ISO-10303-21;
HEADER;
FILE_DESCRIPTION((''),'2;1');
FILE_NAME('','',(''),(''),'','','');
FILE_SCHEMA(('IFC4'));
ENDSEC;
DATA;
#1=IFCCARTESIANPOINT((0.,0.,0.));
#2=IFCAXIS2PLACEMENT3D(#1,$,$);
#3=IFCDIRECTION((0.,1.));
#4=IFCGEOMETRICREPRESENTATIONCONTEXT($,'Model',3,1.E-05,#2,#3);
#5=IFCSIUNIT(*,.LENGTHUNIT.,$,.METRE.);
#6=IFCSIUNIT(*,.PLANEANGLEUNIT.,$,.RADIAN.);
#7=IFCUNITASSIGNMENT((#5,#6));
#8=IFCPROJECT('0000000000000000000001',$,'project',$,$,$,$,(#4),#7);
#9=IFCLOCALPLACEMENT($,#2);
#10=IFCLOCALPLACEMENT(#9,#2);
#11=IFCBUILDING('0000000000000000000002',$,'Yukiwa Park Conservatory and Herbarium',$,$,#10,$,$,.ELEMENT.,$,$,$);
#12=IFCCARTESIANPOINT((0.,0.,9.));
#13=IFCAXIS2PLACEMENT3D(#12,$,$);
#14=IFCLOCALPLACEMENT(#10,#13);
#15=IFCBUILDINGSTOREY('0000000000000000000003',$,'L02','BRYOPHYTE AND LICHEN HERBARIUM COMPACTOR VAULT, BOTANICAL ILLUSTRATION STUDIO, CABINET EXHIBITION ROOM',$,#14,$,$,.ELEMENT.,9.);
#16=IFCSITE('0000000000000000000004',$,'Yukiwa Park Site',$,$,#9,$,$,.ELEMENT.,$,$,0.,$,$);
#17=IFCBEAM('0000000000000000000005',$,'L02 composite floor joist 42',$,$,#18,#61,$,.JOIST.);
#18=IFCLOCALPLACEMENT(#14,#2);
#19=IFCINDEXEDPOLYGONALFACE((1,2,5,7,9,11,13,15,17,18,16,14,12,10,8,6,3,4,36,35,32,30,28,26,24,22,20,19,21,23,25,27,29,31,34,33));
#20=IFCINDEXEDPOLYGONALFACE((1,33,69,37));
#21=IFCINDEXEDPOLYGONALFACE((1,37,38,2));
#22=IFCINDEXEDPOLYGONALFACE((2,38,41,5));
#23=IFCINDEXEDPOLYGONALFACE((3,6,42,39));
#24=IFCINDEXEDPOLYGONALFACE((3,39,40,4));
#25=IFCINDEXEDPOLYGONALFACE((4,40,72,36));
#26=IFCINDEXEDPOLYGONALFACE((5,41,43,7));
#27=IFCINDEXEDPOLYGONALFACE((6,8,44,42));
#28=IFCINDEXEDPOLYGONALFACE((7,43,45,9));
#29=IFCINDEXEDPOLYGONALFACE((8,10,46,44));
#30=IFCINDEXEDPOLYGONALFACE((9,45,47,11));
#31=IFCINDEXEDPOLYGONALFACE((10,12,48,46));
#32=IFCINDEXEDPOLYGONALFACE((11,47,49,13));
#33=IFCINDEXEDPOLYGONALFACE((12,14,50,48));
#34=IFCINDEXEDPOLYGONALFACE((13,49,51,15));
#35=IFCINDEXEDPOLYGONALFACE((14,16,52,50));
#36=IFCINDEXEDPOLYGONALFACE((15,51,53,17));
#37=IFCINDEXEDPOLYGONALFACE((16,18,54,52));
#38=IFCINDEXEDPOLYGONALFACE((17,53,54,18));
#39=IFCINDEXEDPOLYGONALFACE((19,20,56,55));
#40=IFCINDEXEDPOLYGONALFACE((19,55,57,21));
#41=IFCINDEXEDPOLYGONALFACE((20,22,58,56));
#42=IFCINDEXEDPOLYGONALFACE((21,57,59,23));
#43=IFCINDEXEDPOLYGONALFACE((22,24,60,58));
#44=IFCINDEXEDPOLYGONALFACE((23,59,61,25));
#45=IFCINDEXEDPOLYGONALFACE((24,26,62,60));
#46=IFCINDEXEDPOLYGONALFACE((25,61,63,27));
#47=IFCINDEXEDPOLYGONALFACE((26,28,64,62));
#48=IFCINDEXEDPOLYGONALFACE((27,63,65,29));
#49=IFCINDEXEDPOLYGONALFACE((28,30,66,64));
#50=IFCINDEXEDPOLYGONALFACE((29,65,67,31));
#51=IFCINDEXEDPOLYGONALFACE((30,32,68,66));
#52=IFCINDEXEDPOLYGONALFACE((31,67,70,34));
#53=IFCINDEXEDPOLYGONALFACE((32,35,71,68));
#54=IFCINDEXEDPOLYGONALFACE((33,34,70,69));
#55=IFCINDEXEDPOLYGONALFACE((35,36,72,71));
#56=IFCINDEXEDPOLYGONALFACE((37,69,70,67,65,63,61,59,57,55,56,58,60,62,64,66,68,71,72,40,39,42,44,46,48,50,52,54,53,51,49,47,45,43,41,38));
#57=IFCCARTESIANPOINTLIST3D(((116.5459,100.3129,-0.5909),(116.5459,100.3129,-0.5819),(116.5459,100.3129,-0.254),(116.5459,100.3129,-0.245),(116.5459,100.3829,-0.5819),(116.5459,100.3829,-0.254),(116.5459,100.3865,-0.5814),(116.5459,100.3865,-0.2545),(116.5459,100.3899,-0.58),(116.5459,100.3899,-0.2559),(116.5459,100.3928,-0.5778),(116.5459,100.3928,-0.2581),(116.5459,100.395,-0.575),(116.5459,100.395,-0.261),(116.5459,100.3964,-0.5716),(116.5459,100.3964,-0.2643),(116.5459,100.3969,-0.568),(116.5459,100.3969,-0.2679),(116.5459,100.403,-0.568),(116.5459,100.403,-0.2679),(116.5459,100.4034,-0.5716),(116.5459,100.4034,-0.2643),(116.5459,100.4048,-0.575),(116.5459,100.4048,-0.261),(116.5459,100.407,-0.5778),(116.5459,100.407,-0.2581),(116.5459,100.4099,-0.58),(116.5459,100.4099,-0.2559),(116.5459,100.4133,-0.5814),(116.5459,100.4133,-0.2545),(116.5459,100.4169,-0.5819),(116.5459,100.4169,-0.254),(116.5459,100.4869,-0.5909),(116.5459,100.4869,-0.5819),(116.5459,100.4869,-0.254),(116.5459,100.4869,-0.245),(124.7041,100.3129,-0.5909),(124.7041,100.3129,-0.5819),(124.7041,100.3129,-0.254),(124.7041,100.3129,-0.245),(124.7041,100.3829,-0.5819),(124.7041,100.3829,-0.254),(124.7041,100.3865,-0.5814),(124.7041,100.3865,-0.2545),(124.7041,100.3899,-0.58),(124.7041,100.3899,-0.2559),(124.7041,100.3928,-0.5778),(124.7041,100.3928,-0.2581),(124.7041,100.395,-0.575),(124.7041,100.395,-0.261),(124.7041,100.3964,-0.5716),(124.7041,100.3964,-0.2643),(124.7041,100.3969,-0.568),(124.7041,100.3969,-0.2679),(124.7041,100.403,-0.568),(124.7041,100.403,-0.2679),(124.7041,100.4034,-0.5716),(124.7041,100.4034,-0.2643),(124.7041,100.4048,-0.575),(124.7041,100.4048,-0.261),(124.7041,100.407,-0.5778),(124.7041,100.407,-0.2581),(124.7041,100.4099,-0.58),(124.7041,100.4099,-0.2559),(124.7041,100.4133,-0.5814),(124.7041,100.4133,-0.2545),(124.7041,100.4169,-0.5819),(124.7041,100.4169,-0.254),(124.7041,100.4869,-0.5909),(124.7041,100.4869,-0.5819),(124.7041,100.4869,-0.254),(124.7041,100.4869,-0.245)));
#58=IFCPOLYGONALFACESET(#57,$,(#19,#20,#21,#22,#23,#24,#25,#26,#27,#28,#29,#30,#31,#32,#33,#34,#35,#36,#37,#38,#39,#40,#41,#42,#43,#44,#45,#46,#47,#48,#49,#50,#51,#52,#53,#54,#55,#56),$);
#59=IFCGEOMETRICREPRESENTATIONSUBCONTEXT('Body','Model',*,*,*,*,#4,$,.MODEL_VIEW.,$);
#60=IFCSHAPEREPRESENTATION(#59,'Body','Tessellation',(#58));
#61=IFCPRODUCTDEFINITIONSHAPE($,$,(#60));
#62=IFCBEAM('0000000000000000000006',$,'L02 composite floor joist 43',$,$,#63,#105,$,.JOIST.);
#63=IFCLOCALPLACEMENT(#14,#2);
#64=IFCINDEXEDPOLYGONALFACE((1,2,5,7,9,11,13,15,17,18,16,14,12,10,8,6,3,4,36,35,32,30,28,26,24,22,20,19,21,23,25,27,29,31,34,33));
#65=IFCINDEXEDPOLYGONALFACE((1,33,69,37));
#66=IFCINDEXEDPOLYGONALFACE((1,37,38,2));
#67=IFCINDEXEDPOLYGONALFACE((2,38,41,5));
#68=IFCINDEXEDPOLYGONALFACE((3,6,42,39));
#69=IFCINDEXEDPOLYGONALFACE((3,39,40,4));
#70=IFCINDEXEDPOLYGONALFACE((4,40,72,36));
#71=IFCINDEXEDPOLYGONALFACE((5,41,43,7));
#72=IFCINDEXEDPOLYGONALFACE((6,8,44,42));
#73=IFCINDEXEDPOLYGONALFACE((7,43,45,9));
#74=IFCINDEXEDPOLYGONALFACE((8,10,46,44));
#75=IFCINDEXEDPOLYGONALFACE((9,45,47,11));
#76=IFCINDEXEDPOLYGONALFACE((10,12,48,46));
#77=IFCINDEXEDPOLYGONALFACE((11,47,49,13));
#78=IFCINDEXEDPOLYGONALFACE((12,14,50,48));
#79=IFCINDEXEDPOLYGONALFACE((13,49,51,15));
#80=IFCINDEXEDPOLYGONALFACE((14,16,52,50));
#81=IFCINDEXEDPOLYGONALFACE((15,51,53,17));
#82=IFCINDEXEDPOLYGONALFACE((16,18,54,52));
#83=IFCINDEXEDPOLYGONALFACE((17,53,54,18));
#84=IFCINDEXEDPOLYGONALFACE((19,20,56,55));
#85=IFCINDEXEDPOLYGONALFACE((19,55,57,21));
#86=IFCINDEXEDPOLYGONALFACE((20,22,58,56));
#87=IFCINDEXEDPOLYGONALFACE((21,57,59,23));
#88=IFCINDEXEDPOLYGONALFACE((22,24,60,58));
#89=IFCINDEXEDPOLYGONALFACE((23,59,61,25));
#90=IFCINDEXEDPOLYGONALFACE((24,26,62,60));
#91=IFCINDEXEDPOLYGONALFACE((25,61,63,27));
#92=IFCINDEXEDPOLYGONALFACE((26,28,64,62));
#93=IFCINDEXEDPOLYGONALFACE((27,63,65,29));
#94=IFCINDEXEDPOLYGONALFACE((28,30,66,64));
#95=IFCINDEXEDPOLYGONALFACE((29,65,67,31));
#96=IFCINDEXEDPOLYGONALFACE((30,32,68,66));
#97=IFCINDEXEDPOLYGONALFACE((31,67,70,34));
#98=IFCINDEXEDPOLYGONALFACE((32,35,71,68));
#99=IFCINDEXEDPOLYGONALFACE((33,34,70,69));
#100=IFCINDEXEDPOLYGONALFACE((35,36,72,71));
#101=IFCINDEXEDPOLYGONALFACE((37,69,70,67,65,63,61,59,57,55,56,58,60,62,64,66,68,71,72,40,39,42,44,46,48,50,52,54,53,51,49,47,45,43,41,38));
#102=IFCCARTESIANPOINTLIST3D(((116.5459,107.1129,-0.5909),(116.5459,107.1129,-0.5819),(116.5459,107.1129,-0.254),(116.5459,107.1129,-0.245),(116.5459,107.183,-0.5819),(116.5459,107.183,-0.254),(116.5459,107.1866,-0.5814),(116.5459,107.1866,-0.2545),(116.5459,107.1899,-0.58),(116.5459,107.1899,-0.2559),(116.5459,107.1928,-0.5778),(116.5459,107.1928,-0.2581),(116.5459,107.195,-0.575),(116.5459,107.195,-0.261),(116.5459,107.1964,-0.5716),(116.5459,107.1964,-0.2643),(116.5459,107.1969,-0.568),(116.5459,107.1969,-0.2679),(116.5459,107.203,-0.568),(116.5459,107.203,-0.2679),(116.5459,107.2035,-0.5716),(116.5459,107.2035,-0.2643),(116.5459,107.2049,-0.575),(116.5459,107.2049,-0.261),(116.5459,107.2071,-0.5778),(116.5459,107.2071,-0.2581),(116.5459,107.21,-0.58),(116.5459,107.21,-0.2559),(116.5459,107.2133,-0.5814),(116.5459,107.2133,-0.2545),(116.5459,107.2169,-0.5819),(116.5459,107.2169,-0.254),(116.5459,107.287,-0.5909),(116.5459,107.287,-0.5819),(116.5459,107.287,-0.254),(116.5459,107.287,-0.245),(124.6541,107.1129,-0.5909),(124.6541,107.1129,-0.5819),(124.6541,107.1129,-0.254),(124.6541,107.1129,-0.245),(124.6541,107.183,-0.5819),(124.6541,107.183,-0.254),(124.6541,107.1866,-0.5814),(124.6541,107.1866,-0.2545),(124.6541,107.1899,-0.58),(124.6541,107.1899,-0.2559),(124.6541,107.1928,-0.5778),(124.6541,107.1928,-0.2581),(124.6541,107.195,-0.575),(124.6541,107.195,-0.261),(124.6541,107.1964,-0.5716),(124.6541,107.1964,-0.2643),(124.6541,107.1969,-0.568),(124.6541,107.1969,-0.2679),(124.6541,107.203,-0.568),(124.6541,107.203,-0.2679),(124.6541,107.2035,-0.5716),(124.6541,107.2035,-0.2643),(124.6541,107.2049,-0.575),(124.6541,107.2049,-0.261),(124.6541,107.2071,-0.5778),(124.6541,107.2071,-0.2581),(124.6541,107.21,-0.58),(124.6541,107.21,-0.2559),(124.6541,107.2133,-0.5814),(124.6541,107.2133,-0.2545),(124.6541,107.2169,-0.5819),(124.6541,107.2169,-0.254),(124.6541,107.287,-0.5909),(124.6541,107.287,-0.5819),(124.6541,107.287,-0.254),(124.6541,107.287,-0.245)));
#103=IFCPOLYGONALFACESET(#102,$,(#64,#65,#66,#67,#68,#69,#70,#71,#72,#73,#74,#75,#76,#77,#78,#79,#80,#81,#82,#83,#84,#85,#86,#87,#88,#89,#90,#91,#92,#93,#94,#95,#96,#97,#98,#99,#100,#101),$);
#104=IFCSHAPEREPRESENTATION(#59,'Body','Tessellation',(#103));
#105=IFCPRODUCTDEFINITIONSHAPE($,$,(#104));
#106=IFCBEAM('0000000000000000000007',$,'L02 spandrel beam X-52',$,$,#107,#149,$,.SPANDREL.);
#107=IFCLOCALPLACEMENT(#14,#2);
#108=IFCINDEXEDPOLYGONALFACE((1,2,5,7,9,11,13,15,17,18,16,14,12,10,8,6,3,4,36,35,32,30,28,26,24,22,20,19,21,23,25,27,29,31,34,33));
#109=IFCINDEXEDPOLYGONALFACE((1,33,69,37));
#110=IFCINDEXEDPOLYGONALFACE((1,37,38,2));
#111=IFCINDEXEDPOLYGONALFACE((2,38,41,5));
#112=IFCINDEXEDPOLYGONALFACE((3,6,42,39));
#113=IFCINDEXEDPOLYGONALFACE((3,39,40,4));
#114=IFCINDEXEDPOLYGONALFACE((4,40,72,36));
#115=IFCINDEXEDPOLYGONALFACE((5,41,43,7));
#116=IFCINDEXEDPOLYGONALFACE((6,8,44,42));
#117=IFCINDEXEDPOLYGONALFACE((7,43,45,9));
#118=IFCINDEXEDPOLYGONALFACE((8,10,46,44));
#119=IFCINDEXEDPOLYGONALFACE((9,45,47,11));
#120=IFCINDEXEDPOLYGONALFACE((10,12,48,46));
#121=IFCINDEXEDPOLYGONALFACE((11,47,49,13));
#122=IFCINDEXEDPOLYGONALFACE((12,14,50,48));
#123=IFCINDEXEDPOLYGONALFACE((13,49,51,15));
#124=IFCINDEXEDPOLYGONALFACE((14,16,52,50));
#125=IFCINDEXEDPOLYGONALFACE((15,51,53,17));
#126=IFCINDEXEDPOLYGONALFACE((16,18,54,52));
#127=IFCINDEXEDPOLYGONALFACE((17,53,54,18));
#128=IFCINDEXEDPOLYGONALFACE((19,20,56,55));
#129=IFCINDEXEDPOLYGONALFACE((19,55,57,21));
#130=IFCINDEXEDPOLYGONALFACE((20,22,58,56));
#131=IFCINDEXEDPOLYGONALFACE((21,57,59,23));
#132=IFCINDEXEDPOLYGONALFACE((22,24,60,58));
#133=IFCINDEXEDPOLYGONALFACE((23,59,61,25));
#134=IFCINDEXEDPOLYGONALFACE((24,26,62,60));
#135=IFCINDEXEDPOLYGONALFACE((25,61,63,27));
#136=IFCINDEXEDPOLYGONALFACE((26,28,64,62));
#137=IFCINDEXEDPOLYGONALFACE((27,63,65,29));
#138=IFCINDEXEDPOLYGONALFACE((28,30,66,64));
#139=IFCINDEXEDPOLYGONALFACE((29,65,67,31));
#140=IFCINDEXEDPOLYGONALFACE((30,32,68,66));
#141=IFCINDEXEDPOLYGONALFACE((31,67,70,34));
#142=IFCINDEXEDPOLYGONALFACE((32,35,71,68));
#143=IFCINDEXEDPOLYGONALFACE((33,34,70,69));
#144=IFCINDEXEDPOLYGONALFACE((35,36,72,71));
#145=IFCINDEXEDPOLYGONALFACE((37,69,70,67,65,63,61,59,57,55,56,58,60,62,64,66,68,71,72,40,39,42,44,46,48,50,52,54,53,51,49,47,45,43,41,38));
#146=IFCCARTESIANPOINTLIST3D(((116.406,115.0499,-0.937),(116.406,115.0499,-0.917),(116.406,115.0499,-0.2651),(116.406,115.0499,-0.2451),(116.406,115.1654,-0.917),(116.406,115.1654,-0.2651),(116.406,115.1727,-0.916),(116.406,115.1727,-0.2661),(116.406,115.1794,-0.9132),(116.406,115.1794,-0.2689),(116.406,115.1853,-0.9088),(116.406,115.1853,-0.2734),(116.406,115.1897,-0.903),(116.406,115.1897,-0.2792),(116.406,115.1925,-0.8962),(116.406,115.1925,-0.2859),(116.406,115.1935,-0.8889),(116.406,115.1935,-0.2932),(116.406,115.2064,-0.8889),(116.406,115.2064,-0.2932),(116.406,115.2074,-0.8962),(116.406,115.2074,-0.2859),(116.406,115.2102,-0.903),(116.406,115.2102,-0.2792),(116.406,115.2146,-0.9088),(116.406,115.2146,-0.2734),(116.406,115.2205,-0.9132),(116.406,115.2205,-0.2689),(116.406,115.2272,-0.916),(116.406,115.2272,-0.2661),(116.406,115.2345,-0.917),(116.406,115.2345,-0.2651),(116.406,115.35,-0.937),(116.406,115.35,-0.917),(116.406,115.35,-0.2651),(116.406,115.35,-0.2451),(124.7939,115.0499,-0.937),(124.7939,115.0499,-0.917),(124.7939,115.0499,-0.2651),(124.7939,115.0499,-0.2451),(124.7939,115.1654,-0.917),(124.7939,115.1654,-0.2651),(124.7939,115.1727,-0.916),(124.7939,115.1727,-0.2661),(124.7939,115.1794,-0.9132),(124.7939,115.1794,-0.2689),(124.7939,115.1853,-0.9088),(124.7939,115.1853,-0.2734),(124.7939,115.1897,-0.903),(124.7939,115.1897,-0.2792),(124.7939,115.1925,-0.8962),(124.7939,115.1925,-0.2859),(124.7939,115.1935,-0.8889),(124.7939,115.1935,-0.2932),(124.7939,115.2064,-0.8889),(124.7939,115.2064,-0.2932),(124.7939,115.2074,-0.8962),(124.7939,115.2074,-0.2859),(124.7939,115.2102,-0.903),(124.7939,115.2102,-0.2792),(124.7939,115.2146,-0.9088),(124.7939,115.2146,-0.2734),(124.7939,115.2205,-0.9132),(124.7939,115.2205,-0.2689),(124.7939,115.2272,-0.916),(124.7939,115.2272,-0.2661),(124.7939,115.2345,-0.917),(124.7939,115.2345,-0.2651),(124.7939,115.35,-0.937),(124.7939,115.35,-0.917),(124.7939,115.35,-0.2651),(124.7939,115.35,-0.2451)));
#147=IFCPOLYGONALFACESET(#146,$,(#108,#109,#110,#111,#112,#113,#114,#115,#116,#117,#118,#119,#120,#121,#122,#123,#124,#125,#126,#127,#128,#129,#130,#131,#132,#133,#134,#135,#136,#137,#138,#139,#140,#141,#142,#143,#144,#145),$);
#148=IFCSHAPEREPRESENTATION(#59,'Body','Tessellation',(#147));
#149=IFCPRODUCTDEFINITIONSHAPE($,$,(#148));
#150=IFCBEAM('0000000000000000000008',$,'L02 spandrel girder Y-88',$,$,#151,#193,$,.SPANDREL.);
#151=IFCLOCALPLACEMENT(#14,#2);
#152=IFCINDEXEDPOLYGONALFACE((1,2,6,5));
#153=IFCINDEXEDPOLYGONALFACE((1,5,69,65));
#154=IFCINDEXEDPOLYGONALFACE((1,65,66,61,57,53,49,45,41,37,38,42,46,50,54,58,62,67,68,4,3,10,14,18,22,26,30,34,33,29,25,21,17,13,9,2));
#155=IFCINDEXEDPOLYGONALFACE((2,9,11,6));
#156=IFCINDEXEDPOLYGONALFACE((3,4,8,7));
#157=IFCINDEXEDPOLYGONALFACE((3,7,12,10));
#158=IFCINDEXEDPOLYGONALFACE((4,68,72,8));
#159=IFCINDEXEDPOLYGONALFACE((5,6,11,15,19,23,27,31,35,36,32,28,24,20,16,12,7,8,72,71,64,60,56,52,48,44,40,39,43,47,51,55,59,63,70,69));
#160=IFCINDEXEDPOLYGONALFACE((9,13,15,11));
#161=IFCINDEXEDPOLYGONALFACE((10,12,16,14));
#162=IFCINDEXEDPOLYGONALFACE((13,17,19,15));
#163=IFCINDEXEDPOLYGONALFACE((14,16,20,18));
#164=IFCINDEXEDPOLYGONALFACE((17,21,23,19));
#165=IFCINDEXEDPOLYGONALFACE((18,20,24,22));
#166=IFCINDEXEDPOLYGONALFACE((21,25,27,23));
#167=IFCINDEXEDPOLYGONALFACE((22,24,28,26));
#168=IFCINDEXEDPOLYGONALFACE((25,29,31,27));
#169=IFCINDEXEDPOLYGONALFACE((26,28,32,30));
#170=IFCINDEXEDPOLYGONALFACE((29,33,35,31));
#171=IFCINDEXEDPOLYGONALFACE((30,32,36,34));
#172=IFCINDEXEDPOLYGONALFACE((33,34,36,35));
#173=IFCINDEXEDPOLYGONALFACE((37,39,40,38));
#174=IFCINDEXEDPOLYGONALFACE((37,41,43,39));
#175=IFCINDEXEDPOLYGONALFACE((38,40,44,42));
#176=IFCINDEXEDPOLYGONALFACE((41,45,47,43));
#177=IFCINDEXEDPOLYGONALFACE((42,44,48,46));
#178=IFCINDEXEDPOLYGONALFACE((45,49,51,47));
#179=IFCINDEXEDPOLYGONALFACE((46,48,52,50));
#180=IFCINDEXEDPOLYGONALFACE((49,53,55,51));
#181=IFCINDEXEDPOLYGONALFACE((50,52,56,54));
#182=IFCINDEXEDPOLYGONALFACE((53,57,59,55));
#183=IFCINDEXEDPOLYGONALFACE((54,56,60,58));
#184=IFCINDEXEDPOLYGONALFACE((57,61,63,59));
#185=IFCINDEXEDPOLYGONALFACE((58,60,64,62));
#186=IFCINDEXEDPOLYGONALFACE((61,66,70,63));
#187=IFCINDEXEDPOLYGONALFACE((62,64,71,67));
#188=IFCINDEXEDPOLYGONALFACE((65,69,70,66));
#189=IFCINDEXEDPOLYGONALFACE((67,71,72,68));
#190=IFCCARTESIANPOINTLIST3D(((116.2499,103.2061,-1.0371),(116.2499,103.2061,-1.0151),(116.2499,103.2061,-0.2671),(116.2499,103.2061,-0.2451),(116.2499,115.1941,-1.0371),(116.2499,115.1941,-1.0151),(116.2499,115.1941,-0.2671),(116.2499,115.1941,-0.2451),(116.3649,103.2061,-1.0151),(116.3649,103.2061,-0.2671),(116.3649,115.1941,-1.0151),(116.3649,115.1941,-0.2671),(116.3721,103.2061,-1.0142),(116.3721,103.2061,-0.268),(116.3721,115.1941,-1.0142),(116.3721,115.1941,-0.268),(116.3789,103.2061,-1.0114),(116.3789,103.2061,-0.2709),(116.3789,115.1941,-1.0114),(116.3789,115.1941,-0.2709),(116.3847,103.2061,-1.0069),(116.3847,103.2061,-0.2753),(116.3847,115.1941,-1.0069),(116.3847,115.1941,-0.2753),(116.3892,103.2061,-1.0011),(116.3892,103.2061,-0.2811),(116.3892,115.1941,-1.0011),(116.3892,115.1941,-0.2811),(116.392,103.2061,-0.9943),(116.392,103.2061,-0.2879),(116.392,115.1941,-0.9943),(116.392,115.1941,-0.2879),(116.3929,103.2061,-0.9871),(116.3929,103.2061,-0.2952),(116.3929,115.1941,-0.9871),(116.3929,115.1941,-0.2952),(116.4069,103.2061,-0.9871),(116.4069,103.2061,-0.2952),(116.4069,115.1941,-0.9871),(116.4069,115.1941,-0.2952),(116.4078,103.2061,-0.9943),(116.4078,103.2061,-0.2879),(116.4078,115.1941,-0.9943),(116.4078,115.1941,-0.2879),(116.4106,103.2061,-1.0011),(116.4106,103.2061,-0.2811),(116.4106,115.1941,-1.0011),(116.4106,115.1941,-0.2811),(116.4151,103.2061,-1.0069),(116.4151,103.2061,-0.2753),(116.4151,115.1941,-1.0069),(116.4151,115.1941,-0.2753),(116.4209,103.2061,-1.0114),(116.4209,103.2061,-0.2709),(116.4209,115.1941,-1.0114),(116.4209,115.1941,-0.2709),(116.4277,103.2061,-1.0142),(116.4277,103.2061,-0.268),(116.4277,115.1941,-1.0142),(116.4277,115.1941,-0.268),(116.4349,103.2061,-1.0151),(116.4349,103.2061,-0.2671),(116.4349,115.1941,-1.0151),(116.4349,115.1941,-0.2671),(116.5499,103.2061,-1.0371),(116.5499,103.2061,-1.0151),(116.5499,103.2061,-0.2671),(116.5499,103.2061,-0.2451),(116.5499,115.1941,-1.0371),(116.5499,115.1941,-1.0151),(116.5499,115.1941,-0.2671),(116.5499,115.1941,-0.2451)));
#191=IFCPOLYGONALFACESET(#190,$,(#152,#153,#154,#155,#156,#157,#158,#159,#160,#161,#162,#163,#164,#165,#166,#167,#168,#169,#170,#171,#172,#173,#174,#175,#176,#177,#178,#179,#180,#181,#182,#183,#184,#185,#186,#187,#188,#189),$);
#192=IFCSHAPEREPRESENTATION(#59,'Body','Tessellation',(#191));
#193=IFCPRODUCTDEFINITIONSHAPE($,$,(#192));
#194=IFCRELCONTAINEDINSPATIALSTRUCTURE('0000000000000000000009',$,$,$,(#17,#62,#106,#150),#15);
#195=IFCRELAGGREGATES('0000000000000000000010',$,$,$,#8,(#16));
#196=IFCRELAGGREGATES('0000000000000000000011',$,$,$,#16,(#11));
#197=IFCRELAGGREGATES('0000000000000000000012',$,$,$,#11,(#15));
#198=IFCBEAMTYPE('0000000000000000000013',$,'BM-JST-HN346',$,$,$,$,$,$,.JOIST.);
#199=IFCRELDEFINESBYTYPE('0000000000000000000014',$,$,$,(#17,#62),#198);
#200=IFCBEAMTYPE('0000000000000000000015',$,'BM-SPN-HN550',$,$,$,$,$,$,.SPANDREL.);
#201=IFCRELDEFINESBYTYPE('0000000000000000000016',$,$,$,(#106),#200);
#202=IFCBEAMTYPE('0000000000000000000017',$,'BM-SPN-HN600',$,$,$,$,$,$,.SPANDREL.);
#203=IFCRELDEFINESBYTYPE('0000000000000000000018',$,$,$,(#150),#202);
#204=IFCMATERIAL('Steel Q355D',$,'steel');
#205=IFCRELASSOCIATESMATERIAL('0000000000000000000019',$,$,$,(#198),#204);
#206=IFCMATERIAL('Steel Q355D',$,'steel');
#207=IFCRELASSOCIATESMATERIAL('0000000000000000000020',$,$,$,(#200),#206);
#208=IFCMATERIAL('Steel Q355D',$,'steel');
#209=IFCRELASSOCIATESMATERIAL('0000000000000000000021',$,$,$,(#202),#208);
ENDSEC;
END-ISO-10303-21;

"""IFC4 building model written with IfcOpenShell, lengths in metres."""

from ifc_helpers import new_model, si_unit, direction, frame, origin, origin_2d, place, context, subcontext, project, spatial, i_section, extrude, material, material_profile, profile_set, type_object, element, save


model = new_model("IFC4")

# Units and contexts
model_context = context("Model", 3, precision=1e-05, world=origin(), true_north=direction((0.0, 1.0)))
body_context = subcontext(model_context, "Body", "Model", "MODEL_VIEW")
ifc_project = project(units=[si_unit("LENGTHUNIT", "METRE"), si_unit("PLANEANGLEUNIT", "RADIAN")], contexts=[model_context])

# Site, building, storey
site_placement = place(None, origin())
site = spatial("IfcSite", under=ifc_project, at=site_placement, Name="Yukiwa Park Site", CompositionType="ELEMENT", RefElevation=0.0)
building_placement = place(site_placement, origin())
building = spatial("IfcBuilding", under=site, at=building_placement, Name="Yukiwa Park Conservatory and Herbarium", CompositionType="ELEMENT")
storey_placement = place(building_placement, frame((0.0, 0.0, 9.0)))
storey = spatial("IfcBuildingStorey", under=building, at=storey_placement, Name="L02", Description="BRYOPHYTE AND LICHEN HERBARIUM COMPACTOR VAULT, BOTANICAL ILLUSTRATION STUDIO, CABINET EXHIBITION ROOM", CompositionType="ELEMENT", Elevation=9.0)

# Beams
ifc_material_1 = material(Name="Steel Q355D", Category="steel")
ifc_material_profile_1 = material_profile(ifc_material_1, i_section(OverallWidth=0.1741, OverallDepth=0.3459, WebThickness=0.0061, FlangeThickness=0.009, FilletRadius=0.0139, at=origin_2d()), Name="HN 346x174x6x9")
ifc_profile_set_1 = profile_set([ifc_material_profile_1], Name="Steel Q355D")
beam_type_1 = type_object("IfcBeamType", Name="BM-JST-HN346", PredefinedType="JOIST", material=ifc_profile_set_1)
beam_1_placement = place(storey_placement, frame((116.5459, 100.3999, -0.418), z_axis=(1.0, 0.0, 0.0), x_axis=(0.0, 1.0, 0.0)))
element("IfcBeam", 1, at=beam_1_placement, inside=storey, type_object=beam_type_1, Name="L02 composite floor joist 42", PredefinedType="JOIST", context=body_context, shape_type="SweptSolid", body=[
    extrude(i_section(OverallWidth=0.1741, OverallDepth=0.3459, WebThickness=0.0061, FlangeThickness=0.009, FilletRadius=0.0139, at=origin_2d()), origin(), (0.0, 0.0, 1.0), 8.1582),
])
beam_2_placement = place(storey_placement, frame((116.5459, 107.2, -0.418), z_axis=(1.0, 0.0, 0.0), x_axis=(0.0, 1.0, 0.0)))
element("IfcBeam", 2, at=beam_2_placement, inside=storey, type_object=beam_type_1, Name="L02 composite floor joist 43", PredefinedType="JOIST", context=body_context, shape_type="SweptSolid", body=[
    extrude(i_section(OverallWidth=0.1741, OverallDepth=0.3459, WebThickness=0.0061, FlangeThickness=0.009, FilletRadius=0.0139, at=origin_2d()), origin(), (0.0, 0.0, 1.0), 8.1082),
])
ifc_material_2 = material(Name="Steel Q355D", Category="steel")
ifc_material_profile_2 = material_profile(ifc_material_2, i_section(OverallWidth=0.3, OverallDepth=0.6919, WebThickness=0.0129, FlangeThickness=0.02, FilletRadius=0.0281, at=origin_2d()), Name="HN 692x300x13x20")
ifc_profile_set_2 = profile_set([ifc_material_profile_2], Name="Steel Q355D")
beam_type_2 = type_object("IfcBeamType", Name="BM-SPN-HN550", PredefinedType="SPANDREL", material=ifc_profile_set_2)
beam_3_placement = place(storey_placement, frame((116.406, 115.2, -0.5911), z_axis=(1.0, 0.0, 0.0), x_axis=(0.0, 1.0, 0.0)))
element("IfcBeam", 3, at=beam_3_placement, inside=storey, type_object=beam_type_2, Name="L02 spandrel beam X-52", PredefinedType="SPANDREL", context=body_context, shape_type="SweptSolid", body=[
    extrude(i_section(OverallWidth=0.3, OverallDepth=0.6919, WebThickness=0.0129, FlangeThickness=0.02, FilletRadius=0.0281, at=origin_2d()), origin(), (0.0, 0.0, 1.0), 8.3879),
])
ifc_material_3 = material(Name="Steel Q355D", Category="steel")
ifc_material_profile_3 = material_profile(ifc_material_3, i_section(OverallWidth=0.3, OverallDepth=0.792, WebThickness=0.0139, FlangeThickness=0.022, FilletRadius=0.0281, at=origin_2d()), Name="HN 792x300x14x22")
ifc_profile_set_3 = profile_set([ifc_material_profile_3], Name="Steel Q355D")
beam_type_3 = type_object("IfcBeamType", Name="BM-SPN-HN600", PredefinedType="SPANDREL", material=ifc_profile_set_3)
beam_4_placement = place(storey_placement, frame((116.3999, 103.2061, -0.6411), z_axis=(0.0, 1.0, 0.0), x_axis=(-1.0, 0.0, 0.0)))
element("IfcBeam", 4, at=beam_4_placement, inside=storey, type_object=beam_type_3, Name="L02 spandrel girder Y-88", PredefinedType="SPANDREL", context=body_context, shape_type="SweptSolid", body=[
    extrude(i_section(OverallWidth=0.3, OverallDepth=0.792, WebThickness=0.0139, FlangeThickness=0.022, FilletRadius=0.0281, at=origin_2d()), origin(), (0.0, 0.0, 1.0), 11.988),
])

save(model, "model.ifc")
